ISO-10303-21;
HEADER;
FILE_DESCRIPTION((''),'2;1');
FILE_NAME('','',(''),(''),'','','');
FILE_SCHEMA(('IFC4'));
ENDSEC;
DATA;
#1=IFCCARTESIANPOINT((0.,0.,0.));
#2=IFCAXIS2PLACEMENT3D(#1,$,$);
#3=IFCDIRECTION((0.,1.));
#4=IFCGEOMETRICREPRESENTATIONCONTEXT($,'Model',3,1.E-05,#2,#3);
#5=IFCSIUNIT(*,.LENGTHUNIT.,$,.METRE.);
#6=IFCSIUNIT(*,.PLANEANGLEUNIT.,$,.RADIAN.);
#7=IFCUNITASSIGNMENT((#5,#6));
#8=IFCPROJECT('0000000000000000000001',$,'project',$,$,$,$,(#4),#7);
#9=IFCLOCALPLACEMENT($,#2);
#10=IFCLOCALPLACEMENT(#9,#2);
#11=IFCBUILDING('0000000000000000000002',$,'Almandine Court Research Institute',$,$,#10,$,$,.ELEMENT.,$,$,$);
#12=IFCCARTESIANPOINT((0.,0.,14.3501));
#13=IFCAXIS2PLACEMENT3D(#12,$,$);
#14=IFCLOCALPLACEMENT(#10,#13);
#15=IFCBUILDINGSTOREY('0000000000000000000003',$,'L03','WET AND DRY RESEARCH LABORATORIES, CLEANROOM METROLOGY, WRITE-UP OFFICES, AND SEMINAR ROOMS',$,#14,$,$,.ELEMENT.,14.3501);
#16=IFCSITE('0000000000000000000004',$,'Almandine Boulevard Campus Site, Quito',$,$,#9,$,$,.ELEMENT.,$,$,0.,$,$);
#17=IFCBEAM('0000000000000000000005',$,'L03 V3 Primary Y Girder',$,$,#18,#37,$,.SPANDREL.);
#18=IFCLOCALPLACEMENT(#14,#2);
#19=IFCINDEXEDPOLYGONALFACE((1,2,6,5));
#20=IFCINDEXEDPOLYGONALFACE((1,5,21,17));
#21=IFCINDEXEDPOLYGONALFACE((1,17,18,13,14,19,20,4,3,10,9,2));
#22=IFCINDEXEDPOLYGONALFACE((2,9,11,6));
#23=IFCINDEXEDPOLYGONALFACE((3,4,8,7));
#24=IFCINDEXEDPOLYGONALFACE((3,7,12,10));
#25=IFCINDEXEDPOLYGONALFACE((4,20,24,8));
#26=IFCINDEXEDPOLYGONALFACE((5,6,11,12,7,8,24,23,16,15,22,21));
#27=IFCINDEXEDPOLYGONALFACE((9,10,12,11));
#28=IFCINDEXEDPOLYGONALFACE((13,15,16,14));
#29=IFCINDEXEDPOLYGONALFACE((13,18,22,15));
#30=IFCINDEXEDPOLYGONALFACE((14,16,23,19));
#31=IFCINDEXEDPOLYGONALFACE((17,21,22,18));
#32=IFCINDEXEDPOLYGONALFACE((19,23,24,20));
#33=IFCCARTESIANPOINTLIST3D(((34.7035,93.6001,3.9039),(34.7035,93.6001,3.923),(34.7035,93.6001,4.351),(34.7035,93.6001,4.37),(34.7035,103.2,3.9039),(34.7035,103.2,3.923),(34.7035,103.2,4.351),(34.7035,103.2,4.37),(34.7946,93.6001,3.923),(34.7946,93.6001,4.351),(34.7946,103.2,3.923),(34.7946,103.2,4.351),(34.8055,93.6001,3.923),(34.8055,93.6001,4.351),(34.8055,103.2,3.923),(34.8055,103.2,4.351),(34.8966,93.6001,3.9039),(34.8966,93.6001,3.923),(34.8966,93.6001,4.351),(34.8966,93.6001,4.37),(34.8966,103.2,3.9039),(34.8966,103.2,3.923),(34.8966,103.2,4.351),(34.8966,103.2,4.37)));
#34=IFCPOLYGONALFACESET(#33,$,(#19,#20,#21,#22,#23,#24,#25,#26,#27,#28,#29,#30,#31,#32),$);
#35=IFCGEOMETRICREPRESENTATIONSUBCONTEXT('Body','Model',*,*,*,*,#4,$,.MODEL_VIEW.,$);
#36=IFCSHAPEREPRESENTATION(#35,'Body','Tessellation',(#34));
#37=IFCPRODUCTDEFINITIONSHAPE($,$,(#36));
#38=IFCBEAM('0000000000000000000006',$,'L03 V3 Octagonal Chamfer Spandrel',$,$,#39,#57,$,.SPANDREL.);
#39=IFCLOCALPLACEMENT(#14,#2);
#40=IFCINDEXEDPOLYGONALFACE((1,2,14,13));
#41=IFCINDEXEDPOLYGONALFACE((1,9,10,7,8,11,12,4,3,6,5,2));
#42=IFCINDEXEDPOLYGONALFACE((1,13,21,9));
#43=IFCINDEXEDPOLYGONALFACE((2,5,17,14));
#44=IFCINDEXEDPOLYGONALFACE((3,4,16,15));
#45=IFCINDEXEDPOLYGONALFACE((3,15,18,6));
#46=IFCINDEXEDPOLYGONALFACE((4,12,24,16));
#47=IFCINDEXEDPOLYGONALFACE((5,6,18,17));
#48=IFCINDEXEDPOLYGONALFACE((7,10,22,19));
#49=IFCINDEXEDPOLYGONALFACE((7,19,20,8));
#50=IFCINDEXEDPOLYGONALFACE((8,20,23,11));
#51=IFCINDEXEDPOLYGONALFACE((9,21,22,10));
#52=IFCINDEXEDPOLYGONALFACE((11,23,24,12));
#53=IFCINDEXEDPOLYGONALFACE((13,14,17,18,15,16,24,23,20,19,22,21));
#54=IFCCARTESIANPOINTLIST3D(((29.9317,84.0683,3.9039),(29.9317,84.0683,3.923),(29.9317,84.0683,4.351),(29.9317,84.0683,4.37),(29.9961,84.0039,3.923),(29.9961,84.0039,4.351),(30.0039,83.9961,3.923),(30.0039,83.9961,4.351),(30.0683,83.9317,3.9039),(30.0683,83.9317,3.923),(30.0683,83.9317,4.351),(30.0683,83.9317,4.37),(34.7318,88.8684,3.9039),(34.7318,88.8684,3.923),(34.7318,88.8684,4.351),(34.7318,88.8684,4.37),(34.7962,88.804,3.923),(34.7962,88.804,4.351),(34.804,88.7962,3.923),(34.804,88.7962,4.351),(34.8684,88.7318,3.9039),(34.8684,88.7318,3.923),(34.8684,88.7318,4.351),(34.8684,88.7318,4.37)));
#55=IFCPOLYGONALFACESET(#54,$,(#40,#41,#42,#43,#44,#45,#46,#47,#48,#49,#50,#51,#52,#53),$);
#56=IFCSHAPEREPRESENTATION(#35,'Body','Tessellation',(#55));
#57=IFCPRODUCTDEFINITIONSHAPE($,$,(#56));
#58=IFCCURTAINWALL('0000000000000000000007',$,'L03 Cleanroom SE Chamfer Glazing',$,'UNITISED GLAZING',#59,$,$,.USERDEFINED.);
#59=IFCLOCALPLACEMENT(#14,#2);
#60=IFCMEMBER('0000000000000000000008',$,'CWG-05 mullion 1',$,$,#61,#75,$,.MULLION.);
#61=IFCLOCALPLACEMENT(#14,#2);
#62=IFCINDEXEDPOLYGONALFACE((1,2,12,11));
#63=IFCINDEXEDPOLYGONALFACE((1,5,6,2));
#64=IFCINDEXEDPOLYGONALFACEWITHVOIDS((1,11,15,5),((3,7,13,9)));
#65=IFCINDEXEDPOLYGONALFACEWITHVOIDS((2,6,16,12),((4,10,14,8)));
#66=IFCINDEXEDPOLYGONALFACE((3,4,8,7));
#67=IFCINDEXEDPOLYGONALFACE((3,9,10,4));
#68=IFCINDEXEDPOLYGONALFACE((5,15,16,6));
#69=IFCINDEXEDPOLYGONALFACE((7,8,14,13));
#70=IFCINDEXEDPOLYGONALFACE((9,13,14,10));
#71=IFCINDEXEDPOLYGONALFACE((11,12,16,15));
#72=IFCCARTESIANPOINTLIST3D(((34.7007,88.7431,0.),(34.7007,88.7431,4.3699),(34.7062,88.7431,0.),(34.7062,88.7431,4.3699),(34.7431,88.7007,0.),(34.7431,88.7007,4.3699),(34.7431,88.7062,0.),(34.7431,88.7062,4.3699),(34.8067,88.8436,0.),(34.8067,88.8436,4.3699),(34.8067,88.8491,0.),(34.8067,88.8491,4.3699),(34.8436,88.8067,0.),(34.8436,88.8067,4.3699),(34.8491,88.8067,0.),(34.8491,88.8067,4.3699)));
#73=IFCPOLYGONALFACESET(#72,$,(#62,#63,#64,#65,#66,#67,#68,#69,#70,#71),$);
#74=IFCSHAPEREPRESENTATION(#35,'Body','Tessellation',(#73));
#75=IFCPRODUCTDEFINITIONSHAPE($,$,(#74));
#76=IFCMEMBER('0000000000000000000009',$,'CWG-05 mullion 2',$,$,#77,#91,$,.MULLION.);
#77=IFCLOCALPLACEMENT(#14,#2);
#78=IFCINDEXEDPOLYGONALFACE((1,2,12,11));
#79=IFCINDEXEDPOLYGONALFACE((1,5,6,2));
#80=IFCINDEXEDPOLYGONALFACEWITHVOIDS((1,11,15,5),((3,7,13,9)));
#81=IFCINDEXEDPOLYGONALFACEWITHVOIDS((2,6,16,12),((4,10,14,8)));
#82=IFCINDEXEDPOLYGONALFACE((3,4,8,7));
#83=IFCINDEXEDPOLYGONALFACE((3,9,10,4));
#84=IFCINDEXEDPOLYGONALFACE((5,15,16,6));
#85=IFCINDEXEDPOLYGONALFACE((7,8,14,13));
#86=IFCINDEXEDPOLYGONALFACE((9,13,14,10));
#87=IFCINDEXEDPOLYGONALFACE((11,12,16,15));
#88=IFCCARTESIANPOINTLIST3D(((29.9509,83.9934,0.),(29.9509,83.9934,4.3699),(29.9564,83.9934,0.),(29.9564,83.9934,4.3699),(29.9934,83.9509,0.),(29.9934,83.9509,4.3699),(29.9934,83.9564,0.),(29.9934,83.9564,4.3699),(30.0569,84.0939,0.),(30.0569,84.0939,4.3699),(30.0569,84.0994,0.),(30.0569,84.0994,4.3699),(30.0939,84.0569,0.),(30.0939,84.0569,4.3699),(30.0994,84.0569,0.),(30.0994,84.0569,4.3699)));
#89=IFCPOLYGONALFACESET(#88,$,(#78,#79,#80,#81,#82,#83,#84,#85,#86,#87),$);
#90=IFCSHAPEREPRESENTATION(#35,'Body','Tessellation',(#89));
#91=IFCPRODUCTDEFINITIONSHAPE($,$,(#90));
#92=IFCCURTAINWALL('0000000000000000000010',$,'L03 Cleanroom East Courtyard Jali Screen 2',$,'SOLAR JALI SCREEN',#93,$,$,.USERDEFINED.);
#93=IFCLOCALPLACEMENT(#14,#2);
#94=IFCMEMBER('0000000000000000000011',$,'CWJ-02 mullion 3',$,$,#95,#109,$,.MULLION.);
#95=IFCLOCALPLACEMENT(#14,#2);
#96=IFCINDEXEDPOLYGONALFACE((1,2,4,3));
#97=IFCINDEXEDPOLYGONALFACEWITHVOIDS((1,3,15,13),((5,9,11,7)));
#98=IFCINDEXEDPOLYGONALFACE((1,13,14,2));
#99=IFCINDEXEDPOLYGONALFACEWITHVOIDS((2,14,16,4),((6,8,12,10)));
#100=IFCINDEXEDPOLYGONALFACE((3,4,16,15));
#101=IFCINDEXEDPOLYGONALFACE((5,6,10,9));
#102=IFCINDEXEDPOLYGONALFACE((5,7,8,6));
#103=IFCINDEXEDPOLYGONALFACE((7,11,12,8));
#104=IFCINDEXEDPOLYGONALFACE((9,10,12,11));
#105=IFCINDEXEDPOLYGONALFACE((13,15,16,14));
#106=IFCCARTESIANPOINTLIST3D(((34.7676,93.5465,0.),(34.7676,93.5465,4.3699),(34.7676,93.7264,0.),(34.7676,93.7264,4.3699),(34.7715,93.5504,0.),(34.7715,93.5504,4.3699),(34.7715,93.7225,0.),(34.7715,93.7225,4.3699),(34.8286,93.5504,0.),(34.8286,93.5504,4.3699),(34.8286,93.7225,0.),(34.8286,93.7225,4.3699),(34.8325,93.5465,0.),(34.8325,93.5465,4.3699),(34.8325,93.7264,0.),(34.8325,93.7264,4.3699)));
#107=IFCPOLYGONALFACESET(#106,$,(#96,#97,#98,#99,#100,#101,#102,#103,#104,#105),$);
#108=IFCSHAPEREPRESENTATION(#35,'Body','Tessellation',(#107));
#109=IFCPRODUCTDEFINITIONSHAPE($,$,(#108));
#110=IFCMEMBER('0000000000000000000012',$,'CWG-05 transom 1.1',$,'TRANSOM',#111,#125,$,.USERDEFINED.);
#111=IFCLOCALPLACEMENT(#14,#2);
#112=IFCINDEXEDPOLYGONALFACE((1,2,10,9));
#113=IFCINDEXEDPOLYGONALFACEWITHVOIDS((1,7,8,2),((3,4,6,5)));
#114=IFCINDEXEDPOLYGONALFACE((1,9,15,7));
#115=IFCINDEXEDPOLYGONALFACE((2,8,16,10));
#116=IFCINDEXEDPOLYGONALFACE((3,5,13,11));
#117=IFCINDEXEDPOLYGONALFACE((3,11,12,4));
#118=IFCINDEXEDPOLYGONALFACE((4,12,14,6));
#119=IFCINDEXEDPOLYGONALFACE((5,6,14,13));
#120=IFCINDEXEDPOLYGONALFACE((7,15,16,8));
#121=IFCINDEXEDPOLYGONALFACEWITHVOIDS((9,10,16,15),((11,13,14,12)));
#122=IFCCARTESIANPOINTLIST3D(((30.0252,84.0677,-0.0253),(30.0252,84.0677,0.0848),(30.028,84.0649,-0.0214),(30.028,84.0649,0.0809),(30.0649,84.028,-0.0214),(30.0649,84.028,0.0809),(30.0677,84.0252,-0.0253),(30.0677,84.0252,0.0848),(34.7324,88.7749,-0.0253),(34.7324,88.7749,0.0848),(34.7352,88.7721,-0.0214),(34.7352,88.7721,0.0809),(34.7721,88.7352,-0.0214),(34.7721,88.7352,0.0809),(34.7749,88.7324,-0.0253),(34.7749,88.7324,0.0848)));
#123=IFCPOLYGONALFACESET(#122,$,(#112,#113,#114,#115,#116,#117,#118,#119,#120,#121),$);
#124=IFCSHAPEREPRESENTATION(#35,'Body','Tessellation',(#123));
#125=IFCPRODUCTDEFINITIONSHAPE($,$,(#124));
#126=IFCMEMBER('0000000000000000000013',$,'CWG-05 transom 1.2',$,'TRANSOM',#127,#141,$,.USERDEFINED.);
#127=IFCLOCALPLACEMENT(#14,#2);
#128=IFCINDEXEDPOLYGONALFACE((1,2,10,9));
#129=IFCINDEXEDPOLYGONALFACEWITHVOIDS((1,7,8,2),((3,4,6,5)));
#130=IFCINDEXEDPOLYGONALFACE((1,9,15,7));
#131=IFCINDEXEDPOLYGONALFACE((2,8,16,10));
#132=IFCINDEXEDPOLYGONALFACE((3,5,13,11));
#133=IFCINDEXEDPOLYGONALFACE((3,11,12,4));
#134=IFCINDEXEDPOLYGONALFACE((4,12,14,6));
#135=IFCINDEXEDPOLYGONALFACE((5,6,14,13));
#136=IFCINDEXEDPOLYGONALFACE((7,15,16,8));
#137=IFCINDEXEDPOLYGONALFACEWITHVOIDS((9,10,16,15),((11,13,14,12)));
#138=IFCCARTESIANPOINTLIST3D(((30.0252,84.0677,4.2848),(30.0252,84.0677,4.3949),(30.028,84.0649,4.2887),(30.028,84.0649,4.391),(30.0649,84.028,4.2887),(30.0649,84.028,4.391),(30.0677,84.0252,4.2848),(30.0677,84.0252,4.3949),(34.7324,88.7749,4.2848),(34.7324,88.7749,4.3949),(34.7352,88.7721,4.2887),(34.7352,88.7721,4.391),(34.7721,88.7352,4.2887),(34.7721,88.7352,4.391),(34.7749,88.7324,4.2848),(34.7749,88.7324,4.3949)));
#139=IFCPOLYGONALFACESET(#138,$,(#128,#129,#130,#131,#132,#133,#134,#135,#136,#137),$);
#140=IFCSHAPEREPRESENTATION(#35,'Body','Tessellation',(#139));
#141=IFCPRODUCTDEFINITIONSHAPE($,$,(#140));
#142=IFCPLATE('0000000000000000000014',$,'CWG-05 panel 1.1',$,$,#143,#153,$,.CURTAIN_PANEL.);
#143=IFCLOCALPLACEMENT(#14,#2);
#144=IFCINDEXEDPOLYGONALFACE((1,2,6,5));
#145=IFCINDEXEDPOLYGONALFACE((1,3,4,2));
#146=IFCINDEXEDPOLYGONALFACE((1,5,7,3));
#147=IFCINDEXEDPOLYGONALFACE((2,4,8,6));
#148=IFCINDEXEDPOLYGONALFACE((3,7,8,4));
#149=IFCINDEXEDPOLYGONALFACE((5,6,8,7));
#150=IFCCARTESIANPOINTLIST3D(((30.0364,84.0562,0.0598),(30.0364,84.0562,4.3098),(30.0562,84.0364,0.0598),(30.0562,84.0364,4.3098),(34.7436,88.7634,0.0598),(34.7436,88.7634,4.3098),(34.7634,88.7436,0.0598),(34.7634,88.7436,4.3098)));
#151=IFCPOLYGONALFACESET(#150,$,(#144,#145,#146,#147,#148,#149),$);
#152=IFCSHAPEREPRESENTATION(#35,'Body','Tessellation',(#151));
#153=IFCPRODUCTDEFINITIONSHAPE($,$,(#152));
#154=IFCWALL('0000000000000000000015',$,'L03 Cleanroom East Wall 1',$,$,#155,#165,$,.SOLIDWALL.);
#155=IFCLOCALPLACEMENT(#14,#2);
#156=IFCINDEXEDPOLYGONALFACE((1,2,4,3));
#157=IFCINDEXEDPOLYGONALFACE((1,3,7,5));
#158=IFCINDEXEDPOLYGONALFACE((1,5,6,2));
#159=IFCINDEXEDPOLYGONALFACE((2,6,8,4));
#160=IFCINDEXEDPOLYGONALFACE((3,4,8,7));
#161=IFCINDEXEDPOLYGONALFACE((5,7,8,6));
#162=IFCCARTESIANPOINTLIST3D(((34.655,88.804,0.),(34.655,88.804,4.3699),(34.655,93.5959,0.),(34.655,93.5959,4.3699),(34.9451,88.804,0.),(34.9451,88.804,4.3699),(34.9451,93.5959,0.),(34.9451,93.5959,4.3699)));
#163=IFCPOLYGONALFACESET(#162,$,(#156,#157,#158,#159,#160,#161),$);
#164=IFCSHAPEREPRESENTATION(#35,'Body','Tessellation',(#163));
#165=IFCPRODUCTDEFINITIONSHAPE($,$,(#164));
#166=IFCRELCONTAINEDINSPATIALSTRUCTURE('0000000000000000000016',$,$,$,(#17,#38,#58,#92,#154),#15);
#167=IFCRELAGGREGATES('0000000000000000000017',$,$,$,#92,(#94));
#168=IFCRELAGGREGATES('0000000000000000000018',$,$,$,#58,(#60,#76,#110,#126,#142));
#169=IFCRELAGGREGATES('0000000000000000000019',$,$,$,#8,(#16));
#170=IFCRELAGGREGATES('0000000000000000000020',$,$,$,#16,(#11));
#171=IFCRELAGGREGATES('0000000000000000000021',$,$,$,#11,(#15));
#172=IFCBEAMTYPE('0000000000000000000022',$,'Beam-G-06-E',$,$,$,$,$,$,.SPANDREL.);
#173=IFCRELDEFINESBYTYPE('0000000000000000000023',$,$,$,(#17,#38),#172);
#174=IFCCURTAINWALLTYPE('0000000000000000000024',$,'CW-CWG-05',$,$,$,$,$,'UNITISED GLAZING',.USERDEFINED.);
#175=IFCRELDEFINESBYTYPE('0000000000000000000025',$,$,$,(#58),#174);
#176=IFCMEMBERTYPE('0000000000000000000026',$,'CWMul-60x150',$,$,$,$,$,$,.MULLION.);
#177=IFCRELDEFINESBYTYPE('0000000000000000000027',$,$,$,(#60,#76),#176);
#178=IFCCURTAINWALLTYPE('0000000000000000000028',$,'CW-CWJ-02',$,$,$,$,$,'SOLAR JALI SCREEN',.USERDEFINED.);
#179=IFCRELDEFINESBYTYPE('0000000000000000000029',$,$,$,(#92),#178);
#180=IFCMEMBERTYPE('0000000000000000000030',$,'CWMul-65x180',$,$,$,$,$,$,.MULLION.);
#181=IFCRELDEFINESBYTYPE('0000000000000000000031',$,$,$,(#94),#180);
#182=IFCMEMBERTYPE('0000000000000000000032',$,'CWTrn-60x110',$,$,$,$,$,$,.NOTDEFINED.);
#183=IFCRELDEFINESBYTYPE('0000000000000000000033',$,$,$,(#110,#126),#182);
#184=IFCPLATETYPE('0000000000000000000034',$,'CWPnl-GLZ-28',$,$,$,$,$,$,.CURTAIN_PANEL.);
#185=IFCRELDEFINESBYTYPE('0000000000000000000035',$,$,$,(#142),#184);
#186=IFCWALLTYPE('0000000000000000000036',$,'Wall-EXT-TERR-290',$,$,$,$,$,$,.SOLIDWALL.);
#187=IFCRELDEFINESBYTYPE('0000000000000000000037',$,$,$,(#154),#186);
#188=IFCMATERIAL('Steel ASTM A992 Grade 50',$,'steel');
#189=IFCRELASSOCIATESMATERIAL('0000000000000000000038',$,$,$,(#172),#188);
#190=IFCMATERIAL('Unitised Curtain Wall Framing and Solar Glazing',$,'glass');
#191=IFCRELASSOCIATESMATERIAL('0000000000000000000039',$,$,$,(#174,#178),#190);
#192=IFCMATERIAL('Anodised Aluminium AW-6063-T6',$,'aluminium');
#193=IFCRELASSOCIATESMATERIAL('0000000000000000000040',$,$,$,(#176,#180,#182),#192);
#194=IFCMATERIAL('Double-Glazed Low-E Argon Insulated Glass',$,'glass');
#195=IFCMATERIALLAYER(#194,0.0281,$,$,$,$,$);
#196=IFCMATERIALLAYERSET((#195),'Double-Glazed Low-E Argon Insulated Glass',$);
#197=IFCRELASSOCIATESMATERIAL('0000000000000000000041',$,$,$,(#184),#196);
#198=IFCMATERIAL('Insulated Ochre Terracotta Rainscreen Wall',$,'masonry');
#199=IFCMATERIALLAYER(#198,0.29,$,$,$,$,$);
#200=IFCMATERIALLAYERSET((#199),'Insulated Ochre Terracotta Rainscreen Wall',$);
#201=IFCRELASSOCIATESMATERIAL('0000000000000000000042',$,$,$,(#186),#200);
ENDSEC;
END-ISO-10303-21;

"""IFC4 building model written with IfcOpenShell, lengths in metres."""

from ifc_helpers import new_model, si_unit, direction, frame, frame_2d, origin, origin_2d, place, context, subcontext, project, spatial, rectangle, hollow_rectangle, i_section, extrude, material, layer, layer_set, material_profile, profile_set, type_object, element, aggregate, save


model = new_model("IFC4")

# Units and contexts
model_context = context("Model", 3, precision=1e-05, world=origin(), true_north=direction((0.0, 1.0)))
body_context = subcontext(model_context, "Body", "Model", "MODEL_VIEW")
ifc_project = project(units=[si_unit("LENGTHUNIT", "METRE"), si_unit("PLANEANGLEUNIT", "RADIAN")], contexts=[model_context])

# Site, building, storey
site_placement = place(None, origin())
site = spatial("IfcSite", under=ifc_project, at=site_placement, Name="Almandine Boulevard Campus Site, Quito", CompositionType="ELEMENT", RefElevation=0.0)
building_placement = place(site_placement, origin())
building = spatial("IfcBuilding", under=site, at=building_placement, Name="Almandine Court Research Institute", CompositionType="ELEMENT")
storey_placement = place(building_placement, frame((0.0, 0.0, 14.3501)))
storey = spatial("IfcBuildingStorey", under=building, at=storey_placement, Name="L03", Description="WET AND DRY RESEARCH LABORATORIES, CLEANROOM METROLOGY, WRITE-UP OFFICES, AND SEMINAR ROOMS", CompositionType="ELEMENT", Elevation=14.3501)

# Shared definitions
ifc_material_1 = material(Name="Steel ASTM A992 Grade 50", Category="steel")

# Beams
ifc_material_profile_1 = material_profile(ifc_material_1, i_section(OverallWidth=0.1931, OverallDepth=0.4661, WebThickness=0.011, FlangeThickness=0.019, at=origin_2d()), Name="W460x97")
ifc_profile_set_1 = profile_set([ifc_material_profile_1], Name="Steel ASTM A992 Grade 50")
beam_type_1 = type_object("IfcBeamType", Name="Beam-G-06-E", PredefinedType="SPANDREL", material=ifc_profile_set_1)
beam_1_placement = place(storey_placement, frame((34.8, 93.6001, 4.137), z_axis=(0.0, 1.0, 0.0), x_axis=(-1.0, 0.0, 0.0)))
element("IfcBeam", 1, at=beam_1_placement, inside=storey, type_object=beam_type_1, Name="L03 V3 Primary Y Girder", PredefinedType="SPANDREL", context=body_context, shape_type="SweptSolid", body=[
    extrude(i_section(OverallWidth=0.1931, OverallDepth=0.4661, WebThickness=0.011, FlangeThickness=0.019, at=origin_2d()), origin(), (0.0, 0.0, 1.0), 9.5999),
])
beam_2_placement = place(storey_placement, frame((30.0, 84.0, 4.137), z_axis=(0.707107, 0.707107, 0.0), x_axis=(-0.707107, 0.707107, 0.0)))
element("IfcBeam", 2, at=beam_2_placement, inside=storey, type_object=beam_type_1, Name="L03 V3 Octagonal Chamfer Spandrel", PredefinedType="SPANDREL", context=body_context, shape_type="SweptSolid", body=[
    extrude(i_section(OverallWidth=0.1931, OverallDepth=0.4661, WebThickness=0.011, FlangeThickness=0.019, at=origin_2d()), origin(), (0.0, 0.0, 1.0), 6.7883),
])

# Curtain wall, members
ifc_material_2 = material(Name="Unitised Curtain Wall Framing and Solar Glazing", Category="glass")
curtain_wall_type_1 = type_object("IfcCurtainWallType", Name="CW-CWG-05", ElementType="UNITISED GLAZING", PredefinedType="USERDEFINED", material=ifc_material_2)
curtain_wall_1_placement = place(storey_placement, origin())
curtain_wall_1 = element("IfcCurtainWall", 3, at=curtain_wall_1_placement, inside=storey, type_object=curtain_wall_type_1, Name="L03 Cleanroom SE Chamfer Glazing", ObjectType="UNITISED GLAZING", PredefinedType="USERDEFINED")
ifc_material_3 = material(Name="Anodised Aluminium AW-6063-T6", Category="aluminium")
ifc_material_profile_2 = material_profile(ifc_material_3, hollow_rectangle(XDim=0.0601, YDim=0.1499, WallThickness=0.0039, at=origin_2d()), Name="ALU RHS 60x150x4")
ifc_profile_set_2 = profile_set([ifc_material_profile_2], Name="Anodised Aluminium AW-6063-T6")
member_type_1 = type_object("IfcMemberType", Name="CWMul-60x150", PredefinedType="MULLION", material=ifc_profile_set_2)
member_1_placement = place(storey_placement, frame((34.7749, 88.7749, 0.0), z_axis=(0.0, 0.0, 1.0), x_axis=(0.707107, -0.707107, 0.0)))
member_1 = element("IfcMember", 4, at=member_1_placement, type_object=member_type_1, Name="CWG-05 mullion 1", PredefinedType="MULLION", context=body_context, shape_type="SweptSolid", body=[
    extrude(hollow_rectangle(XDim=0.0601, YDim=0.1499, WallThickness=0.0039, at=origin_2d()), origin(), (0.0, 0.0, 1.0), 4.3699),
])
member_2_placement = place(storey_placement, frame((30.0251, 84.0251, 0.0), z_axis=(0.0, 0.0, 1.0), x_axis=(0.707107, -0.707107, 0.0)))
member_2 = element("IfcMember", 5, at=member_2_placement, type_object=member_type_1, Name="CWG-05 mullion 2", PredefinedType="MULLION", context=body_context, shape_type="SweptSolid", body=[
    extrude(hollow_rectangle(XDim=0.0601, YDim=0.1499, WallThickness=0.0039, at=origin_2d()), origin(), (0.0, 0.0, 1.0), 4.3699),
])

# Curtain wall, member
curtain_wall_type_2 = type_object("IfcCurtainWallType", Name="CW-CWJ-02", ElementType="SOLAR JALI SCREEN", PredefinedType="USERDEFINED", material=ifc_material_2)
curtain_wall_2_placement = place(storey_placement, origin())
curtain_wall_2 = element("IfcCurtainWall", 6, at=curtain_wall_2_placement, inside=storey, type_object=curtain_wall_type_2, Name="L03 Cleanroom East Courtyard Jali Screen 2", ObjectType="SOLAR JALI SCREEN", PredefinedType="USERDEFINED")
ifc_material_profile_3 = material_profile(ifc_material_3, hollow_rectangle(XDim=0.0649, YDim=0.1799, WallThickness=0.0039, at=origin_2d()), Name="ALU RHS 65x180x4")
ifc_profile_set_3 = profile_set([ifc_material_profile_3], Name="Anodised Aluminium AW-6063-T6")
member_type_2 = type_object("IfcMemberType", Name="CWMul-65x180", PredefinedType="MULLION", material=ifc_profile_set_3)
member_3_placement = place(storey_placement, frame((34.8, 93.6365, 0.0), z_axis=(0.0, 0.0, 1.0), x_axis=(1.0, 0.0, 0.0)))
member_3 = element("IfcMember", 7, at=member_3_placement, type_object=member_type_2, Name="CWJ-02 mullion 3", PredefinedType="MULLION", context=body_context, shape_type="SweptSolid", body=[
    extrude(hollow_rectangle(XDim=0.0649, YDim=0.1799, WallThickness=0.0039, at=origin_2d()), origin(), (0.0, 0.0, 1.0), 4.3699),
])
aggregate(curtain_wall_2, [member_3])

# Members
ifc_material_profile_4 = material_profile(ifc_material_3, hollow_rectangle(XDim=0.0601, YDim=0.1101, WallThickness=0.0039, at=origin_2d()), Name="ALU RHS 60x110x4")
ifc_profile_set_4 = profile_set([ifc_material_profile_4], Name="Anodised Aluminium AW-6063-T6")
member_type_3 = type_object("IfcMemberType", Name="CWTrn-60x110", PredefinedType="NOTDEFINED", material=ifc_profile_set_4)
member_4_placement = place(storey_placement, frame((34.7537, 88.7537, 0.0298), z_axis=(-0.707107, -0.707107, 0.0), x_axis=(0.707107, -0.707107, 0.0)))
member_4 = element("IfcMember", 8, at=member_4_placement, type_object=member_type_3, Name="CWG-05 transom 1.1", ObjectType="TRANSOM", PredefinedType="USERDEFINED", context=body_context, shape_type="SweptSolid", body=[
    extrude(hollow_rectangle(XDim=0.0601, YDim=0.1101, WallThickness=0.0039, at=origin_2d()), origin(), (0.0, 0.0, 1.0), 6.657),
])
member_5_placement = place(storey_placement, frame((34.7537, 88.7537, 4.3398), z_axis=(-0.707107, -0.707107, 0.0), x_axis=(0.707107, -0.707107, 0.0)))
member_5 = element("IfcMember", 9, at=member_5_placement, type_object=member_type_3, Name="CWG-05 transom 1.2", ObjectType="TRANSOM", PredefinedType="USERDEFINED", context=body_context, shape_type="SweptSolid", body=[
    extrude(hollow_rectangle(XDim=0.0601, YDim=0.1101, WallThickness=0.0039, at=origin_2d()), origin(), (0.0, 0.0, 1.0), 6.657),
])

# Plate
ifc_material_4 = material(Name="Double-Glazed Low-E Argon Insulated Glass", Category="glass")
ifc_layer_1 = layer(ifc_material_4, 0.0281)
ifc_layer_set_1 = layer_set([ifc_layer_1], Name="Double-Glazed Low-E Argon Insulated Glass")
plate_type = type_object("IfcPlateType", Name="CWPnl-GLZ-28", PredefinedType="CURTAIN_PANEL", material=ifc_layer_set_1)
plate_placement = place(storey_placement, frame((32.3999, 86.3999, 0.0598), z_axis=(0.0, 0.0, 1.0), x_axis=(-0.707107, -0.707107, 0.0)))
plate = element("IfcPlate", 10, at=plate_placement, type_object=plate_type, Name="CWG-05 panel 1.1", PredefinedType="CURTAIN_PANEL", context=body_context, shape_type="SweptSolid", body=[
    extrude(rectangle(XDim=6.657, YDim=0.0281, at=origin_2d()), origin(), (0.0, 0.0, 1.0), 4.25),
])
aggregate(curtain_wall_1, [member_1, member_2, member_4, member_5, plate])

# Wall
ifc_material_5 = material(Name="Insulated Ochre Terracotta Rainscreen Wall", Category="masonry")
ifc_layer_2 = layer(ifc_material_5, 0.29)
ifc_layer_set_2 = layer_set([ifc_layer_2], Name="Insulated Ochre Terracotta Rainscreen Wall")
wall_type_1 = type_object("IfcWallType", Name="Wall-EXT-TERR-290", PredefinedType="SOLIDWALL", material=ifc_layer_set_2)
wall_1_placement = place(storey_placement, frame((34.8, 93.5959, 0.0), z_axis=(0.0, 0.0, 1.0), x_axis=(0.0, -1.0, 0.0)))
element("IfcWall", 11, at=wall_1_placement, inside=storey, type_object=wall_type_1, Name="L03 Cleanroom East Wall 1", PredefinedType="SOLIDWALL", context=body_context, shape_type="SweptSolid", body=[
    extrude(rectangle(XDim=4.792, YDim=0.29, at=frame_2d((2.396, 0.0))), origin(), (0.0, 0.0, 1.0), 4.3699),
])

save(model, "model.ifc")
